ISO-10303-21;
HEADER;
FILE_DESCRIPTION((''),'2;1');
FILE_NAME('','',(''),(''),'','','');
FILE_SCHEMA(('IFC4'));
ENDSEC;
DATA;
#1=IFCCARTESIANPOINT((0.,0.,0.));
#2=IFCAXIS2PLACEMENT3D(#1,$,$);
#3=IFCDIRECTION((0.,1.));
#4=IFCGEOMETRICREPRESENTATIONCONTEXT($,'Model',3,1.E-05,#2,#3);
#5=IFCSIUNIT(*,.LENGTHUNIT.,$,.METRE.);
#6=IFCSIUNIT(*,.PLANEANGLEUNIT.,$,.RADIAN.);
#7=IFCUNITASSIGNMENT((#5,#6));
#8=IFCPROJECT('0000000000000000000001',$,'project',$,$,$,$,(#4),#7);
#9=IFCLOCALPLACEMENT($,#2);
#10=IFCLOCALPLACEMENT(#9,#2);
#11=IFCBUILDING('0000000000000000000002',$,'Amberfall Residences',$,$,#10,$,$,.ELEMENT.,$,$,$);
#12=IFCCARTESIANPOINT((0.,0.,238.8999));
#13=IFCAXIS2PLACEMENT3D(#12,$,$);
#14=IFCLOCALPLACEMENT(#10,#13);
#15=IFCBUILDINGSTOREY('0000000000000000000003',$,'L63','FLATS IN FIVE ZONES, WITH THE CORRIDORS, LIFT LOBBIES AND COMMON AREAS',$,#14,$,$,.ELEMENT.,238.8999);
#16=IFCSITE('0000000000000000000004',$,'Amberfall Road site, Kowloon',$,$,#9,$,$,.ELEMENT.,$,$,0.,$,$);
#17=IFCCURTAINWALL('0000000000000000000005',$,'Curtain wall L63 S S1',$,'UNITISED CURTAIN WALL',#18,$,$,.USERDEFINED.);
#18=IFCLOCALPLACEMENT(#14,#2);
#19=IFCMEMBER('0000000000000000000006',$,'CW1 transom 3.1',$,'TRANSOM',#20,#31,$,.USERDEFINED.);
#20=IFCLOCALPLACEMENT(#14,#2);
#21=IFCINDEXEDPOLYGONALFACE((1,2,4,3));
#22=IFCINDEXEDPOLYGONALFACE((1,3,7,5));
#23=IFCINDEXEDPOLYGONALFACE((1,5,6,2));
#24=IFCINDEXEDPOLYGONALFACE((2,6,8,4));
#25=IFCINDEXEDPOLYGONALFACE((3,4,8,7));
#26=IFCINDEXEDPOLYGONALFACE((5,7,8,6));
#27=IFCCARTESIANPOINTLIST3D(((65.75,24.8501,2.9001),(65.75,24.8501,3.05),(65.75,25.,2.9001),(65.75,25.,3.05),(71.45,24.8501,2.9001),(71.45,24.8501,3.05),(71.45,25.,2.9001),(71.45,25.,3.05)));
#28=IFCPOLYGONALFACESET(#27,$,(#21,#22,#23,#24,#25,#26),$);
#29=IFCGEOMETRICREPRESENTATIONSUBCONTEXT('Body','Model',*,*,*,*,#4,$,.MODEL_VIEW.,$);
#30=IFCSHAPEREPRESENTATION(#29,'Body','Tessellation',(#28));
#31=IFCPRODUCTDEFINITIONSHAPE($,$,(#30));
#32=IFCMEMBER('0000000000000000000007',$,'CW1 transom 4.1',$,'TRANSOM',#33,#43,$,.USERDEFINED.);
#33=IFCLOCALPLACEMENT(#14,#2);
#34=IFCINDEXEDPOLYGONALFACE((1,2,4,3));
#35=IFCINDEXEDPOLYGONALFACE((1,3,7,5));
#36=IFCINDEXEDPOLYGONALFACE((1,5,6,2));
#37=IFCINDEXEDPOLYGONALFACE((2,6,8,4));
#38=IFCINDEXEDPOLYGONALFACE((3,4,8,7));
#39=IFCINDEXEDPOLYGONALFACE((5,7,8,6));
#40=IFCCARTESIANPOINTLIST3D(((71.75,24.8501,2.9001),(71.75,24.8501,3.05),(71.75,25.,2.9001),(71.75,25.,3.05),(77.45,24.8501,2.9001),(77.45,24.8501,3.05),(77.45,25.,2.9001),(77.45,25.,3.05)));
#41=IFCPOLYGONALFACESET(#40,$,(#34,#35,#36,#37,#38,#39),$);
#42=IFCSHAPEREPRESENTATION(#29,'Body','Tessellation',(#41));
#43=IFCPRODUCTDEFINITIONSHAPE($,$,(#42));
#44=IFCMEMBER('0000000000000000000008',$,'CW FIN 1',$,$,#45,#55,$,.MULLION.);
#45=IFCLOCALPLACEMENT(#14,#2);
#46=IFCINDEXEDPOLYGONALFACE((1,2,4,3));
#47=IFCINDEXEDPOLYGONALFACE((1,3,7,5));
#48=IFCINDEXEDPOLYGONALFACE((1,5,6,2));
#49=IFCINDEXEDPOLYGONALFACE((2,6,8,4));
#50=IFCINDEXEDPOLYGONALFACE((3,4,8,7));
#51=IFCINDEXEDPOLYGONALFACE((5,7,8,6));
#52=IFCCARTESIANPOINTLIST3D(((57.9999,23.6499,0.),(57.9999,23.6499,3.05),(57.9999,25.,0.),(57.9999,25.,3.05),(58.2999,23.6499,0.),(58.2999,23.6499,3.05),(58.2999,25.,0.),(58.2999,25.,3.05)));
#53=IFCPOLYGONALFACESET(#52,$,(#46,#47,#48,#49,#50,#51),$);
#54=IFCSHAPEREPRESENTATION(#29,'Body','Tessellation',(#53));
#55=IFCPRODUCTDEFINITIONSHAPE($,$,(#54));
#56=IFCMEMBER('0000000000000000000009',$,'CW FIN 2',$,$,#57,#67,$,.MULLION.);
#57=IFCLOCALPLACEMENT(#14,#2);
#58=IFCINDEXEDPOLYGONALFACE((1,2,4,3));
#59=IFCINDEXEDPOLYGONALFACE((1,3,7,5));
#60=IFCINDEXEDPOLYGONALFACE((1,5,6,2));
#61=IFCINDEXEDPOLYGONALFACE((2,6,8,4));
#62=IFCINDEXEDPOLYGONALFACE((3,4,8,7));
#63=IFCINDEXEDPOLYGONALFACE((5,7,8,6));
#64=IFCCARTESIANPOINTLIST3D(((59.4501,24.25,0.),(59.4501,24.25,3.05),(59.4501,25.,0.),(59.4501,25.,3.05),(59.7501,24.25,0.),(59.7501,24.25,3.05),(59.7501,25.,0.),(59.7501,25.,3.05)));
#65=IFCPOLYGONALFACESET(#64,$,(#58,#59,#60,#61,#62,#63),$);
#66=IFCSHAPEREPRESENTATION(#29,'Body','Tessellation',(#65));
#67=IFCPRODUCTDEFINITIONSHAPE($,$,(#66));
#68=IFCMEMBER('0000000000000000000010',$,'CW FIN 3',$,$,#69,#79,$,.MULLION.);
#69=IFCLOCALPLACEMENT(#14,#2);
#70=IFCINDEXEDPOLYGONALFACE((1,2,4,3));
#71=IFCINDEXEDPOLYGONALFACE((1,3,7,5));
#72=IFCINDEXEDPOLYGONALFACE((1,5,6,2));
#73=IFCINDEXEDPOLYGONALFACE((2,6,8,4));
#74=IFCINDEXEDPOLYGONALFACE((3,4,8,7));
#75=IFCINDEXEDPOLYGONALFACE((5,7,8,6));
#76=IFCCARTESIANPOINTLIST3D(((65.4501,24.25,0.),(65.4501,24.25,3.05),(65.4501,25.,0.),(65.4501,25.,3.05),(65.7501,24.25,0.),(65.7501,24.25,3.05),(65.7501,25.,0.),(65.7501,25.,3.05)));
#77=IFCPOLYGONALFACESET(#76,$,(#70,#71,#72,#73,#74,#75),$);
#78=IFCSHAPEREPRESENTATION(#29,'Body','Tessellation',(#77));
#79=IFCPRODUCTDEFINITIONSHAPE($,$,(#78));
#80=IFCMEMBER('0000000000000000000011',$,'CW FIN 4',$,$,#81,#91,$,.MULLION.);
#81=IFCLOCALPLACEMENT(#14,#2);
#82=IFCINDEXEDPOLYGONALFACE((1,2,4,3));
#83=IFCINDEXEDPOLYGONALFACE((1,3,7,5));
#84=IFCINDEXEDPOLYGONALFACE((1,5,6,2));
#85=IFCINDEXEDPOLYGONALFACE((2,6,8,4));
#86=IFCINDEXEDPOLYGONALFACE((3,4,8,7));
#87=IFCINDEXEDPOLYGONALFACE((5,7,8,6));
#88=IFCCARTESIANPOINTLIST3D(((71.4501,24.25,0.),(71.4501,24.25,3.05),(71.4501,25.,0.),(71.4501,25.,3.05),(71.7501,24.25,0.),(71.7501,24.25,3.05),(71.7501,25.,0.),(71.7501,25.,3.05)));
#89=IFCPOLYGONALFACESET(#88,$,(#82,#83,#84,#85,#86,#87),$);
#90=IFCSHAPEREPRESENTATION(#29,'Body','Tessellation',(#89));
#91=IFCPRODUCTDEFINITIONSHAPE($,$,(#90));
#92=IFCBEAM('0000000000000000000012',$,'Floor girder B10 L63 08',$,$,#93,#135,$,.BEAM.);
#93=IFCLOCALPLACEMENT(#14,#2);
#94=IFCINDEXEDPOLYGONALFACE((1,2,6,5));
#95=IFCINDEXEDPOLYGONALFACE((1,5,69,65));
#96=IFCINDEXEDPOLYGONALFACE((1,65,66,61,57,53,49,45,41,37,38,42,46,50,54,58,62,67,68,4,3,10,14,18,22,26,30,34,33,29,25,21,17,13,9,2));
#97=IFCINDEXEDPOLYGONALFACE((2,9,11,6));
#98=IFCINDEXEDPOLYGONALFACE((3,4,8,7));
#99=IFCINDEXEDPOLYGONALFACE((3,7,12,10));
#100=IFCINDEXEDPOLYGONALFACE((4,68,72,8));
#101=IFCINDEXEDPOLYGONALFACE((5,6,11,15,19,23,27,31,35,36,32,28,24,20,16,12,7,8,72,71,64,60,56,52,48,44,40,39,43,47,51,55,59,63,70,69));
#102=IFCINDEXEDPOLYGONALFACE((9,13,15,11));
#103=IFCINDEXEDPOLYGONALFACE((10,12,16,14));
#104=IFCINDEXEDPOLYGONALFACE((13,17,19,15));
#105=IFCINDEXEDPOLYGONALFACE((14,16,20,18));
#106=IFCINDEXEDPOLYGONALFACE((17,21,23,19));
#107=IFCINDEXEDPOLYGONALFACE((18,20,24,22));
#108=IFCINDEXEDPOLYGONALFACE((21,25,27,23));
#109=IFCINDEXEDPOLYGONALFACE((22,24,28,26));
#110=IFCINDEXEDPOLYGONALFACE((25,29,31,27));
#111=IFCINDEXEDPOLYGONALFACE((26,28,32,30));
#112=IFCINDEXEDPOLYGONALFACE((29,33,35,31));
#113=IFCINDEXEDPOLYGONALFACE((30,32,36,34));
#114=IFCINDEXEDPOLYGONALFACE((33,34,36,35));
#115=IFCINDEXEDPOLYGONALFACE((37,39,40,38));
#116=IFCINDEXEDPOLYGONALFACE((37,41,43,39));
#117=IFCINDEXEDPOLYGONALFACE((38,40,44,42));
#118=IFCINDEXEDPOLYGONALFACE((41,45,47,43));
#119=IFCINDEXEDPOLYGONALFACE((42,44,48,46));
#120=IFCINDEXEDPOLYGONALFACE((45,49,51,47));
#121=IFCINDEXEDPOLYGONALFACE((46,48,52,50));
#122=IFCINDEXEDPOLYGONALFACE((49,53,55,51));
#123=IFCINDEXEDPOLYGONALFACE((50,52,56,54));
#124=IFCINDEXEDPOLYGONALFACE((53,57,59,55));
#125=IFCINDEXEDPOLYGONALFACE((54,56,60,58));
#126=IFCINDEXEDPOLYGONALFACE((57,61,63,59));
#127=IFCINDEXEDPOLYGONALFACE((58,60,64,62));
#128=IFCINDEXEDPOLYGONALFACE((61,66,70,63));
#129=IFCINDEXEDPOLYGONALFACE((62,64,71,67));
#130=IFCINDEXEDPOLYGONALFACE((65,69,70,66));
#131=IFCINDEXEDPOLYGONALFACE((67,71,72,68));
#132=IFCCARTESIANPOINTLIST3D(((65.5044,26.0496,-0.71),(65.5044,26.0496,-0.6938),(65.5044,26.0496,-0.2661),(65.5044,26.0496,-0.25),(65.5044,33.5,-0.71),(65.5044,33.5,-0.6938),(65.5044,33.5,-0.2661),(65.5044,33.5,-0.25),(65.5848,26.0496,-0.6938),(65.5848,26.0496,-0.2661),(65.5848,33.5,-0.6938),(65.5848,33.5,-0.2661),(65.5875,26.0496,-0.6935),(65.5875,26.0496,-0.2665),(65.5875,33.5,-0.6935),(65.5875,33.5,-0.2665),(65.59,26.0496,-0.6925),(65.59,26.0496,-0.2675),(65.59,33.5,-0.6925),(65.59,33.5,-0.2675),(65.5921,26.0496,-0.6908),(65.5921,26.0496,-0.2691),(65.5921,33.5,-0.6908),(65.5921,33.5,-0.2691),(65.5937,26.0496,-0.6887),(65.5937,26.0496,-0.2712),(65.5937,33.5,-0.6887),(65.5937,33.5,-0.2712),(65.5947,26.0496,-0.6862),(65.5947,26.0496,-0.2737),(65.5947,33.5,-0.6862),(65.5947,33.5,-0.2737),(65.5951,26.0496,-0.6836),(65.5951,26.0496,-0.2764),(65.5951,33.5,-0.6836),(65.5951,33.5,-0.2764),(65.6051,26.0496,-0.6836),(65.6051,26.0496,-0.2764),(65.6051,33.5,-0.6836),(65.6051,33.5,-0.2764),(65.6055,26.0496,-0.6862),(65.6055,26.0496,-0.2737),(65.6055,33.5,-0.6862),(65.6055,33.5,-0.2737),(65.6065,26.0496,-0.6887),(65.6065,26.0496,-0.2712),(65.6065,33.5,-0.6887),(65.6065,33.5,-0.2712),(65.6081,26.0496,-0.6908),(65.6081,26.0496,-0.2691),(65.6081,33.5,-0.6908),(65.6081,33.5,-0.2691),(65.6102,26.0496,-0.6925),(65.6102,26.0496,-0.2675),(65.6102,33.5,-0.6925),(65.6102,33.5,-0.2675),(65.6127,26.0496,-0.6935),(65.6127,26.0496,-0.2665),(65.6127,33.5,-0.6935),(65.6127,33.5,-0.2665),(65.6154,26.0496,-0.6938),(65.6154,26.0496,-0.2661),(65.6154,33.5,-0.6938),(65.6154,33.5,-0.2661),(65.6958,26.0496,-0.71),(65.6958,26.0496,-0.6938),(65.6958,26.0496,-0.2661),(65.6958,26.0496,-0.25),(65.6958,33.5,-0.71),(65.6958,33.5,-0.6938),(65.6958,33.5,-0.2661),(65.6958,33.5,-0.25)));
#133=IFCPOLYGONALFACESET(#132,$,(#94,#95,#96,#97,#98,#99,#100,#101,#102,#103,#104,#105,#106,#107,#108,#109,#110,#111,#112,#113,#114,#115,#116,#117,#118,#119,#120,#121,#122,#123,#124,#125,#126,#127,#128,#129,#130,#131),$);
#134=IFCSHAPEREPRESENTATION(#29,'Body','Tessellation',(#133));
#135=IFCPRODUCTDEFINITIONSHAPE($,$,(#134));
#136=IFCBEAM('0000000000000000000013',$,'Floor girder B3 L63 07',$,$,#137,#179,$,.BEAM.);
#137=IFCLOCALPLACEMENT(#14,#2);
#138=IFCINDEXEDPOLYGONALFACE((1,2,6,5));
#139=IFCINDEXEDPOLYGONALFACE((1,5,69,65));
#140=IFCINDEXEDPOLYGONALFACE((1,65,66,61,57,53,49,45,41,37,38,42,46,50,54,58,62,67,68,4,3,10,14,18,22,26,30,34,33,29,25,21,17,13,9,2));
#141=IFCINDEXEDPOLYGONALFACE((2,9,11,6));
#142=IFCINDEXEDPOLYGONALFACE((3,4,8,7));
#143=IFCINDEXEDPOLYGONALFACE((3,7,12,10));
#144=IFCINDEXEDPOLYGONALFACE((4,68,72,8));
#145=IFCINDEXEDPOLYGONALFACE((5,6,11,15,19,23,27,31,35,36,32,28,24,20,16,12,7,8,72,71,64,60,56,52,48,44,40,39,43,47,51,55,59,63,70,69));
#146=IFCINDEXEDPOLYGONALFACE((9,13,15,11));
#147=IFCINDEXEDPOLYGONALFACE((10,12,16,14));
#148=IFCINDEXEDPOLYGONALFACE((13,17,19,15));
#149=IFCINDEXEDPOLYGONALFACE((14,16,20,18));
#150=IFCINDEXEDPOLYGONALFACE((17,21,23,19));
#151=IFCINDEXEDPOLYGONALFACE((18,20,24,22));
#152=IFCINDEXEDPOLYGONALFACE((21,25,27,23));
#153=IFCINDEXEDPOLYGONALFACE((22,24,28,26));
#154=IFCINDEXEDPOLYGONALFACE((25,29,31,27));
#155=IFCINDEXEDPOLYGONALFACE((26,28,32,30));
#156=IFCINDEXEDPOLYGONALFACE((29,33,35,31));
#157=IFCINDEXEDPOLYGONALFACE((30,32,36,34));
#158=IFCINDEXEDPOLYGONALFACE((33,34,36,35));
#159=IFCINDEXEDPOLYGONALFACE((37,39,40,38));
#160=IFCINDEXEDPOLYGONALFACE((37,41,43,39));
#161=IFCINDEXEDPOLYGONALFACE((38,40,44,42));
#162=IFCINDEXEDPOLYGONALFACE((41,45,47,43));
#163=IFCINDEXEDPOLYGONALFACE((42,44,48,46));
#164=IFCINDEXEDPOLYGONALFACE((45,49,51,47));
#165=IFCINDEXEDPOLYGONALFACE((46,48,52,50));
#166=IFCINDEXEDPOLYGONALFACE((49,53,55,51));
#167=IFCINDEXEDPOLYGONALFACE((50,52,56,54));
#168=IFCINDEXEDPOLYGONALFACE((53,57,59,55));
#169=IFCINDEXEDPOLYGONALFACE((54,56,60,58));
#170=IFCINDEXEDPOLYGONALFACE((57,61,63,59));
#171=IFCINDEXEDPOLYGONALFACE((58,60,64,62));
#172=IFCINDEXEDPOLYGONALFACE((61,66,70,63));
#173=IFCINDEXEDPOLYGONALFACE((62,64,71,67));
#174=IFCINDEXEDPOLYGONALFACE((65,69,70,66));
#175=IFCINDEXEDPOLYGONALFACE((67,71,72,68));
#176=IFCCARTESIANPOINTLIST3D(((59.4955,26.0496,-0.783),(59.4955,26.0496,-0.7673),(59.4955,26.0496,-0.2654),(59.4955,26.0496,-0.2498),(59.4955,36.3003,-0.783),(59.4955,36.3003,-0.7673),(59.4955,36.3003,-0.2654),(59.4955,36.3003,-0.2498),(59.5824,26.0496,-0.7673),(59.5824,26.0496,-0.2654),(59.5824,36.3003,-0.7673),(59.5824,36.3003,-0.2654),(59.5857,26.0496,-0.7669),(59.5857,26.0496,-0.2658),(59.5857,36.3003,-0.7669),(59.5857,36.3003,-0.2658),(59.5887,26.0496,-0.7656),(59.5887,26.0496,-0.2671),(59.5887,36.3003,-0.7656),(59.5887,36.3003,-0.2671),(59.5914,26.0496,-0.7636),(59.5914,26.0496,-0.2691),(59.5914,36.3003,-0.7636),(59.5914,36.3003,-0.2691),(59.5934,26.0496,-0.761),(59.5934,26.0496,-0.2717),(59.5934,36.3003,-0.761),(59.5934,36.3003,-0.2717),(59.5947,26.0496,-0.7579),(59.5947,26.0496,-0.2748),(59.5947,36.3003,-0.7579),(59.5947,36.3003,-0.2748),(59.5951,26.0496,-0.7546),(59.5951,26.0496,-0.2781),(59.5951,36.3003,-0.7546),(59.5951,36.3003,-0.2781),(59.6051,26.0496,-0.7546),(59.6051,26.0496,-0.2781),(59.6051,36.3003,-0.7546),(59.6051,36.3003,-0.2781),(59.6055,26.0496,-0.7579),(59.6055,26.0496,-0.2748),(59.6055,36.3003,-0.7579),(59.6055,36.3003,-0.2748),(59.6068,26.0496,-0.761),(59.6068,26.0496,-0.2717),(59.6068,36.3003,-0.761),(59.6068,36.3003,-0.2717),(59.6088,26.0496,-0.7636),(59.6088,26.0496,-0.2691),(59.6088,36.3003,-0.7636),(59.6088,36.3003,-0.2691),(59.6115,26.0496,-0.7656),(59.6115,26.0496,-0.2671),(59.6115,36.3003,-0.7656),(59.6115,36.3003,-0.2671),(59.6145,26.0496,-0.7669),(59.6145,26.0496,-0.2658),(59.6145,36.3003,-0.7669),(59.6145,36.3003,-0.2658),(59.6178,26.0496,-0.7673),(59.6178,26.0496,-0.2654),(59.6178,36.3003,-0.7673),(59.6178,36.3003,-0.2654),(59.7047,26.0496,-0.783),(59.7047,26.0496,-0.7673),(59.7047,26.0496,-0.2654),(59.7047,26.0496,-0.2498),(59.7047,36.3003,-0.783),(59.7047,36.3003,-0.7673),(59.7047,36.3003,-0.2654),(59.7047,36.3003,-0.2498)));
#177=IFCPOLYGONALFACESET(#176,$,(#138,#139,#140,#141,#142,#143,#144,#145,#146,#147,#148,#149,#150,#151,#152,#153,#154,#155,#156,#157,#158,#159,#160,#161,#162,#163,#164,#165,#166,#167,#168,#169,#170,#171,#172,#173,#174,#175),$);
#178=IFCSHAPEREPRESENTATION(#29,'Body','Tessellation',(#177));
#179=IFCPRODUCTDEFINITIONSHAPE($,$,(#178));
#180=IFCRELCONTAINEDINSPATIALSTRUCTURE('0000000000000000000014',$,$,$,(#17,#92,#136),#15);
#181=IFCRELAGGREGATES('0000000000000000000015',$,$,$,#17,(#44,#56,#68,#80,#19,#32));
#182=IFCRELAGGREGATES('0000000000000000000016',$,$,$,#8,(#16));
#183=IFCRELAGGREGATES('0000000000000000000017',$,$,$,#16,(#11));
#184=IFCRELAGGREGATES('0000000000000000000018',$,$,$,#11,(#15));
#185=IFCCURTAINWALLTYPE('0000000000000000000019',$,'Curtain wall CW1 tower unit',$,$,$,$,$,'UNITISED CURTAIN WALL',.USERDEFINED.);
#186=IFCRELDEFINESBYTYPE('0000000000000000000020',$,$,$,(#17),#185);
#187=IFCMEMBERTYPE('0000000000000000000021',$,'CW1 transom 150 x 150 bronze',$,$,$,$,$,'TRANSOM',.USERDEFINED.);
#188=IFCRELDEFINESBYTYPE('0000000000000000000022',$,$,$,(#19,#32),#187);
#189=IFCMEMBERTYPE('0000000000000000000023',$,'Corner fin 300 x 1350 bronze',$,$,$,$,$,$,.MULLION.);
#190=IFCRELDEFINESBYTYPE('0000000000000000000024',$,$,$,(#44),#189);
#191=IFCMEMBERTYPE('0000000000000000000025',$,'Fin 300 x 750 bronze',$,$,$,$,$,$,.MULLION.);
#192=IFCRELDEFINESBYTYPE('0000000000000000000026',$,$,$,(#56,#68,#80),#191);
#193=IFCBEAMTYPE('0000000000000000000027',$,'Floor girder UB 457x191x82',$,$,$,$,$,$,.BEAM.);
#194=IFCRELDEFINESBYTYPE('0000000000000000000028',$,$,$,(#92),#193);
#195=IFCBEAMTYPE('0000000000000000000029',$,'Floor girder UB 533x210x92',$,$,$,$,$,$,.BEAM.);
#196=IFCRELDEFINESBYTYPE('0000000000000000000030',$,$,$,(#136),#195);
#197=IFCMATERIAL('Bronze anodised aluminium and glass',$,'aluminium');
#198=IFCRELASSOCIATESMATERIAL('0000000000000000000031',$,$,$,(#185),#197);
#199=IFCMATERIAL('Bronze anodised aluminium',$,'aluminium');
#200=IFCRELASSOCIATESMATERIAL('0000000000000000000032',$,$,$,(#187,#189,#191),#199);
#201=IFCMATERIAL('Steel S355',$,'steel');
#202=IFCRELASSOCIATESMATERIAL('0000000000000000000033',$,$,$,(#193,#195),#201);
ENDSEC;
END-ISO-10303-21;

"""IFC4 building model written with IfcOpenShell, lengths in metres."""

from ifc_helpers import new_model, si_unit, direction, frame, origin, origin_2d, place, context, subcontext, project, spatial, rectangle, i_section, extrude, material, material_profile, profile_set, type_object, element, aggregate, save


model = new_model("IFC4")

# Units and contexts
model_context = context("Model", 3, precision=1e-05, world=origin(), true_north=direction((0.0, 1.0)))
body_context = subcontext(model_context, "Body", "Model", "MODEL_VIEW")
ifc_project = project(units=[si_unit("LENGTHUNIT", "METRE"), si_unit("PLANEANGLEUNIT", "RADIAN")], contexts=[model_context])

# Site, building, storey
site_placement = place(None, origin())
site = spatial("IfcSite", under=ifc_project, at=site_placement, Name="Amberfall Road site, Kowloon", CompositionType="ELEMENT", RefElevation=0.0)
building_placement = place(site_placement, origin())
building = spatial("IfcBuilding", under=site, at=building_placement, Name="Amberfall Residences", CompositionType="ELEMENT")
storey_placement = place(building_placement, frame((0.0, 0.0, 238.8999)))
storey = spatial("IfcBuildingStorey", under=building, at=storey_placement, Name="L63", Description="FLATS IN FIVE ZONES, WITH THE CORRIDORS, LIFT LOBBIES AND COMMON AREAS", CompositionType="ELEMENT", Elevation=238.8999)

# Shared definitions
ifc_material_1 = material(Name="Steel S355", Category="steel")

# Curtain wall, members
ifc_material_2 = material(Name="Bronze anodised aluminium and glass", Category="aluminium")
curtain_wall_type = type_object("IfcCurtainWallType", Name="Curtain wall CW1 tower unit", ElementType="UNITISED CURTAIN WALL", PredefinedType="USERDEFINED", material=ifc_material_2)
curtain_wall_placement = place(storey_placement, origin())
curtain_wall = element("IfcCurtainWall", 1, at=curtain_wall_placement, inside=storey, type_object=curtain_wall_type, Name="Curtain wall L63 S S1", ObjectType="UNITISED CURTAIN WALL", PredefinedType="USERDEFINED")
ifc_material_3 = material(Name="Bronze anodised aluminium", Category="aluminium")
ifc_material_profile_1 = material_profile(ifc_material_3, rectangle(XDim=0.1499, YDim=0.1499, at=origin_2d()), Name="CW1 transom 150 x 150 bronze")
ifc_profile_set_1 = profile_set([ifc_material_profile_1], Name="Bronze anodised aluminium")
member_type_1 = type_object("IfcMemberType", Name="CW1 transom 150 x 150 bronze", ElementType="TRANSOM", PredefinedType="USERDEFINED", material=ifc_profile_set_1)
member_1_placement = place(storey_placement, frame((65.75, 24.925, 2.9751), z_axis=(1.0, 0.0, 0.0), x_axis=(0.0, 1.0, 0.0)))
member_1 = element("IfcMember", 2, at=member_1_placement, type_object=member_type_1, Name="CW1 transom 3.1", ObjectType="TRANSOM", PredefinedType="USERDEFINED", context=body_context, shape_type="SweptSolid", body=[
    extrude(rectangle(XDim=0.1499, YDim=0.1499, at=origin_2d()), origin(), (0.0, 0.0, 1.0), 5.7),
])
member_2_placement = place(storey_placement, frame((71.75, 24.925, 2.9751), z_axis=(1.0, 0.0, 0.0), x_axis=(0.0, 1.0, 0.0)))
member_2 = element("IfcMember", 3, at=member_2_placement, type_object=member_type_1, Name="CW1 transom 4.1", ObjectType="TRANSOM", PredefinedType="USERDEFINED", context=body_context, shape_type="SweptSolid", body=[
    extrude(rectangle(XDim=0.1499, YDim=0.1499, at=origin_2d()), origin(), (0.0, 0.0, 1.0), 5.7),
])
ifc_material_profile_2 = material_profile(ifc_material_3, rectangle(XDim=1.3501, YDim=0.3, at=origin_2d()), Name="Corner fin 300 x 1350 bronze")
ifc_profile_set_2 = profile_set([ifc_material_profile_2], Name="Bronze anodised aluminium")
member_type_2 = type_object("IfcMemberType", Name="Corner fin 300 x 1350 bronze", PredefinedType="MULLION", material=ifc_profile_set_2)
member_3_placement = place(storey_placement, frame((58.1499, 24.325, 0.0), z_axis=(0.0, 0.0, 1.0), x_axis=(0.0, 1.0, 0.0)))
member_3 = element("IfcMember", 4, at=member_3_placement, type_object=member_type_2, Name="CW FIN 1", PredefinedType="MULLION", context=body_context, shape_type="SweptSolid", body=[
    extrude(rectangle(XDim=1.3501, YDim=0.3, at=origin_2d()), origin(), (0.0, 0.0, 1.0), 3.05),
])
ifc_material_profile_3 = material_profile(ifc_material_3, rectangle(XDim=0.75, YDim=0.3, at=origin_2d()), Name="Fin 300 x 750 bronze")
ifc_profile_set_3 = profile_set([ifc_material_profile_3], Name="Bronze anodised aluminium")
member_type_3 = type_object("IfcMemberType", Name="Fin 300 x 750 bronze", PredefinedType="MULLION", material=ifc_profile_set_3)
member_4_placement = place(storey_placement, frame((59.6001, 24.625, 0.0), z_axis=(0.0, 0.0, 1.0), x_axis=(0.0, 1.0, 0.0)))
member_4 = element("IfcMember", 5, at=member_4_placement, type_object=member_type_3, Name="CW FIN 2", PredefinedType="MULLION", context=body_context, shape_type="SweptSolid", body=[
    extrude(rectangle(XDim=0.75, YDim=0.3, at=origin_2d()), origin(), (0.0, 0.0, 1.0), 3.05),
])
member_5_placement = place(storey_placement, frame((65.6001, 24.625, 0.0), z_axis=(0.0, 0.0, 1.0), x_axis=(0.0, 1.0, 0.0)))
member_5 = element("IfcMember", 6, at=member_5_placement, type_object=member_type_3, Name="CW FIN 3", PredefinedType="MULLION", context=body_context, shape_type="SweptSolid", body=[
    extrude(rectangle(XDim=0.75, YDim=0.3, at=origin_2d()), origin(), (0.0, 0.0, 1.0), 3.05),
])
member_6_placement = place(storey_placement, frame((71.6001, 24.625, 0.0), z_axis=(0.0, 0.0, 1.0), x_axis=(0.0, 1.0, 0.0)))
member_6 = element("IfcMember", 7, at=member_6_placement, type_object=member_type_3, Name="CW FIN 4", PredefinedType="MULLION", context=body_context, shape_type="SweptSolid", body=[
    extrude(rectangle(XDim=0.75, YDim=0.3, at=origin_2d()), origin(), (0.0, 0.0, 1.0), 3.05),
])

# Beams
ifc_material_profile_4 = material_profile(ifc_material_1, i_section(OverallWidth=0.1914, OverallDepth=0.46, WebThickness=0.01, FlangeThickness=0.0161, FilletRadius=0.0103, at=origin_2d()), Name="UB 457x191x82")
ifc_profile_set_4 = profile_set([ifc_material_profile_4], Name="Steel S355")
beam_type_1 = type_object("IfcBeamType", Name="Floor girder UB 457x191x82", PredefinedType="BEAM", material=ifc_profile_set_4)
beam_1_placement = place(storey_placement, frame((65.6001, 26.0496, -0.48), z_axis=(0.0, 1.0, 0.0), x_axis=(-1.0, 0.0, 0.0)))
element("IfcBeam", 8, at=beam_1_placement, inside=storey, type_object=beam_type_1, Name="Floor girder B10 L63 08", PredefinedType="BEAM", context=body_context, shape_type="SweptSolid", body=[
    extrude(i_section(OverallWidth=0.1914, OverallDepth=0.46, WebThickness=0.01, FlangeThickness=0.0161, FilletRadius=0.0103, at=origin_2d()), origin(), (0.0, 0.0, 1.0), 7.4504),
])
ifc_material_profile_5 = material_profile(ifc_material_1, i_section(OverallWidth=0.2092, OverallDepth=0.5332, WebThickness=0.01, FlangeThickness=0.0156, FilletRadius=0.0127, at=origin_2d()), Name="UB 533x210x92")
ifc_profile_set_5 = profile_set([ifc_material_profile_5], Name="Steel S355")
beam_type_2 = type_object("IfcBeamType", Name="Floor girder UB 533x210x92", PredefinedType="BEAM", material=ifc_profile_set_5)
beam_2_placement = place(storey_placement, frame((59.6001, 26.0496, -0.5164), z_axis=(0.0, 1.0, 0.0), x_axis=(-1.0, 0.0, 0.0)))
element("IfcBeam", 9, at=beam_2_placement, inside=storey, type_object=beam_type_2, Name="Floor girder B3 L63 07", PredefinedType="BEAM", context=body_context, shape_type="SweptSolid", body=[
    extrude(i_section(OverallWidth=0.2092, OverallDepth=0.5332, WebThickness=0.01, FlangeThickness=0.0156, FilletRadius=0.0127, at=origin_2d()), origin(), (0.0, 0.0, 1.0), 10.2507),
])

aggregate(curtain_wall, [member_3, member_4, member_5, member_6, member_1, member_2])

save(model, "model.ifc")
